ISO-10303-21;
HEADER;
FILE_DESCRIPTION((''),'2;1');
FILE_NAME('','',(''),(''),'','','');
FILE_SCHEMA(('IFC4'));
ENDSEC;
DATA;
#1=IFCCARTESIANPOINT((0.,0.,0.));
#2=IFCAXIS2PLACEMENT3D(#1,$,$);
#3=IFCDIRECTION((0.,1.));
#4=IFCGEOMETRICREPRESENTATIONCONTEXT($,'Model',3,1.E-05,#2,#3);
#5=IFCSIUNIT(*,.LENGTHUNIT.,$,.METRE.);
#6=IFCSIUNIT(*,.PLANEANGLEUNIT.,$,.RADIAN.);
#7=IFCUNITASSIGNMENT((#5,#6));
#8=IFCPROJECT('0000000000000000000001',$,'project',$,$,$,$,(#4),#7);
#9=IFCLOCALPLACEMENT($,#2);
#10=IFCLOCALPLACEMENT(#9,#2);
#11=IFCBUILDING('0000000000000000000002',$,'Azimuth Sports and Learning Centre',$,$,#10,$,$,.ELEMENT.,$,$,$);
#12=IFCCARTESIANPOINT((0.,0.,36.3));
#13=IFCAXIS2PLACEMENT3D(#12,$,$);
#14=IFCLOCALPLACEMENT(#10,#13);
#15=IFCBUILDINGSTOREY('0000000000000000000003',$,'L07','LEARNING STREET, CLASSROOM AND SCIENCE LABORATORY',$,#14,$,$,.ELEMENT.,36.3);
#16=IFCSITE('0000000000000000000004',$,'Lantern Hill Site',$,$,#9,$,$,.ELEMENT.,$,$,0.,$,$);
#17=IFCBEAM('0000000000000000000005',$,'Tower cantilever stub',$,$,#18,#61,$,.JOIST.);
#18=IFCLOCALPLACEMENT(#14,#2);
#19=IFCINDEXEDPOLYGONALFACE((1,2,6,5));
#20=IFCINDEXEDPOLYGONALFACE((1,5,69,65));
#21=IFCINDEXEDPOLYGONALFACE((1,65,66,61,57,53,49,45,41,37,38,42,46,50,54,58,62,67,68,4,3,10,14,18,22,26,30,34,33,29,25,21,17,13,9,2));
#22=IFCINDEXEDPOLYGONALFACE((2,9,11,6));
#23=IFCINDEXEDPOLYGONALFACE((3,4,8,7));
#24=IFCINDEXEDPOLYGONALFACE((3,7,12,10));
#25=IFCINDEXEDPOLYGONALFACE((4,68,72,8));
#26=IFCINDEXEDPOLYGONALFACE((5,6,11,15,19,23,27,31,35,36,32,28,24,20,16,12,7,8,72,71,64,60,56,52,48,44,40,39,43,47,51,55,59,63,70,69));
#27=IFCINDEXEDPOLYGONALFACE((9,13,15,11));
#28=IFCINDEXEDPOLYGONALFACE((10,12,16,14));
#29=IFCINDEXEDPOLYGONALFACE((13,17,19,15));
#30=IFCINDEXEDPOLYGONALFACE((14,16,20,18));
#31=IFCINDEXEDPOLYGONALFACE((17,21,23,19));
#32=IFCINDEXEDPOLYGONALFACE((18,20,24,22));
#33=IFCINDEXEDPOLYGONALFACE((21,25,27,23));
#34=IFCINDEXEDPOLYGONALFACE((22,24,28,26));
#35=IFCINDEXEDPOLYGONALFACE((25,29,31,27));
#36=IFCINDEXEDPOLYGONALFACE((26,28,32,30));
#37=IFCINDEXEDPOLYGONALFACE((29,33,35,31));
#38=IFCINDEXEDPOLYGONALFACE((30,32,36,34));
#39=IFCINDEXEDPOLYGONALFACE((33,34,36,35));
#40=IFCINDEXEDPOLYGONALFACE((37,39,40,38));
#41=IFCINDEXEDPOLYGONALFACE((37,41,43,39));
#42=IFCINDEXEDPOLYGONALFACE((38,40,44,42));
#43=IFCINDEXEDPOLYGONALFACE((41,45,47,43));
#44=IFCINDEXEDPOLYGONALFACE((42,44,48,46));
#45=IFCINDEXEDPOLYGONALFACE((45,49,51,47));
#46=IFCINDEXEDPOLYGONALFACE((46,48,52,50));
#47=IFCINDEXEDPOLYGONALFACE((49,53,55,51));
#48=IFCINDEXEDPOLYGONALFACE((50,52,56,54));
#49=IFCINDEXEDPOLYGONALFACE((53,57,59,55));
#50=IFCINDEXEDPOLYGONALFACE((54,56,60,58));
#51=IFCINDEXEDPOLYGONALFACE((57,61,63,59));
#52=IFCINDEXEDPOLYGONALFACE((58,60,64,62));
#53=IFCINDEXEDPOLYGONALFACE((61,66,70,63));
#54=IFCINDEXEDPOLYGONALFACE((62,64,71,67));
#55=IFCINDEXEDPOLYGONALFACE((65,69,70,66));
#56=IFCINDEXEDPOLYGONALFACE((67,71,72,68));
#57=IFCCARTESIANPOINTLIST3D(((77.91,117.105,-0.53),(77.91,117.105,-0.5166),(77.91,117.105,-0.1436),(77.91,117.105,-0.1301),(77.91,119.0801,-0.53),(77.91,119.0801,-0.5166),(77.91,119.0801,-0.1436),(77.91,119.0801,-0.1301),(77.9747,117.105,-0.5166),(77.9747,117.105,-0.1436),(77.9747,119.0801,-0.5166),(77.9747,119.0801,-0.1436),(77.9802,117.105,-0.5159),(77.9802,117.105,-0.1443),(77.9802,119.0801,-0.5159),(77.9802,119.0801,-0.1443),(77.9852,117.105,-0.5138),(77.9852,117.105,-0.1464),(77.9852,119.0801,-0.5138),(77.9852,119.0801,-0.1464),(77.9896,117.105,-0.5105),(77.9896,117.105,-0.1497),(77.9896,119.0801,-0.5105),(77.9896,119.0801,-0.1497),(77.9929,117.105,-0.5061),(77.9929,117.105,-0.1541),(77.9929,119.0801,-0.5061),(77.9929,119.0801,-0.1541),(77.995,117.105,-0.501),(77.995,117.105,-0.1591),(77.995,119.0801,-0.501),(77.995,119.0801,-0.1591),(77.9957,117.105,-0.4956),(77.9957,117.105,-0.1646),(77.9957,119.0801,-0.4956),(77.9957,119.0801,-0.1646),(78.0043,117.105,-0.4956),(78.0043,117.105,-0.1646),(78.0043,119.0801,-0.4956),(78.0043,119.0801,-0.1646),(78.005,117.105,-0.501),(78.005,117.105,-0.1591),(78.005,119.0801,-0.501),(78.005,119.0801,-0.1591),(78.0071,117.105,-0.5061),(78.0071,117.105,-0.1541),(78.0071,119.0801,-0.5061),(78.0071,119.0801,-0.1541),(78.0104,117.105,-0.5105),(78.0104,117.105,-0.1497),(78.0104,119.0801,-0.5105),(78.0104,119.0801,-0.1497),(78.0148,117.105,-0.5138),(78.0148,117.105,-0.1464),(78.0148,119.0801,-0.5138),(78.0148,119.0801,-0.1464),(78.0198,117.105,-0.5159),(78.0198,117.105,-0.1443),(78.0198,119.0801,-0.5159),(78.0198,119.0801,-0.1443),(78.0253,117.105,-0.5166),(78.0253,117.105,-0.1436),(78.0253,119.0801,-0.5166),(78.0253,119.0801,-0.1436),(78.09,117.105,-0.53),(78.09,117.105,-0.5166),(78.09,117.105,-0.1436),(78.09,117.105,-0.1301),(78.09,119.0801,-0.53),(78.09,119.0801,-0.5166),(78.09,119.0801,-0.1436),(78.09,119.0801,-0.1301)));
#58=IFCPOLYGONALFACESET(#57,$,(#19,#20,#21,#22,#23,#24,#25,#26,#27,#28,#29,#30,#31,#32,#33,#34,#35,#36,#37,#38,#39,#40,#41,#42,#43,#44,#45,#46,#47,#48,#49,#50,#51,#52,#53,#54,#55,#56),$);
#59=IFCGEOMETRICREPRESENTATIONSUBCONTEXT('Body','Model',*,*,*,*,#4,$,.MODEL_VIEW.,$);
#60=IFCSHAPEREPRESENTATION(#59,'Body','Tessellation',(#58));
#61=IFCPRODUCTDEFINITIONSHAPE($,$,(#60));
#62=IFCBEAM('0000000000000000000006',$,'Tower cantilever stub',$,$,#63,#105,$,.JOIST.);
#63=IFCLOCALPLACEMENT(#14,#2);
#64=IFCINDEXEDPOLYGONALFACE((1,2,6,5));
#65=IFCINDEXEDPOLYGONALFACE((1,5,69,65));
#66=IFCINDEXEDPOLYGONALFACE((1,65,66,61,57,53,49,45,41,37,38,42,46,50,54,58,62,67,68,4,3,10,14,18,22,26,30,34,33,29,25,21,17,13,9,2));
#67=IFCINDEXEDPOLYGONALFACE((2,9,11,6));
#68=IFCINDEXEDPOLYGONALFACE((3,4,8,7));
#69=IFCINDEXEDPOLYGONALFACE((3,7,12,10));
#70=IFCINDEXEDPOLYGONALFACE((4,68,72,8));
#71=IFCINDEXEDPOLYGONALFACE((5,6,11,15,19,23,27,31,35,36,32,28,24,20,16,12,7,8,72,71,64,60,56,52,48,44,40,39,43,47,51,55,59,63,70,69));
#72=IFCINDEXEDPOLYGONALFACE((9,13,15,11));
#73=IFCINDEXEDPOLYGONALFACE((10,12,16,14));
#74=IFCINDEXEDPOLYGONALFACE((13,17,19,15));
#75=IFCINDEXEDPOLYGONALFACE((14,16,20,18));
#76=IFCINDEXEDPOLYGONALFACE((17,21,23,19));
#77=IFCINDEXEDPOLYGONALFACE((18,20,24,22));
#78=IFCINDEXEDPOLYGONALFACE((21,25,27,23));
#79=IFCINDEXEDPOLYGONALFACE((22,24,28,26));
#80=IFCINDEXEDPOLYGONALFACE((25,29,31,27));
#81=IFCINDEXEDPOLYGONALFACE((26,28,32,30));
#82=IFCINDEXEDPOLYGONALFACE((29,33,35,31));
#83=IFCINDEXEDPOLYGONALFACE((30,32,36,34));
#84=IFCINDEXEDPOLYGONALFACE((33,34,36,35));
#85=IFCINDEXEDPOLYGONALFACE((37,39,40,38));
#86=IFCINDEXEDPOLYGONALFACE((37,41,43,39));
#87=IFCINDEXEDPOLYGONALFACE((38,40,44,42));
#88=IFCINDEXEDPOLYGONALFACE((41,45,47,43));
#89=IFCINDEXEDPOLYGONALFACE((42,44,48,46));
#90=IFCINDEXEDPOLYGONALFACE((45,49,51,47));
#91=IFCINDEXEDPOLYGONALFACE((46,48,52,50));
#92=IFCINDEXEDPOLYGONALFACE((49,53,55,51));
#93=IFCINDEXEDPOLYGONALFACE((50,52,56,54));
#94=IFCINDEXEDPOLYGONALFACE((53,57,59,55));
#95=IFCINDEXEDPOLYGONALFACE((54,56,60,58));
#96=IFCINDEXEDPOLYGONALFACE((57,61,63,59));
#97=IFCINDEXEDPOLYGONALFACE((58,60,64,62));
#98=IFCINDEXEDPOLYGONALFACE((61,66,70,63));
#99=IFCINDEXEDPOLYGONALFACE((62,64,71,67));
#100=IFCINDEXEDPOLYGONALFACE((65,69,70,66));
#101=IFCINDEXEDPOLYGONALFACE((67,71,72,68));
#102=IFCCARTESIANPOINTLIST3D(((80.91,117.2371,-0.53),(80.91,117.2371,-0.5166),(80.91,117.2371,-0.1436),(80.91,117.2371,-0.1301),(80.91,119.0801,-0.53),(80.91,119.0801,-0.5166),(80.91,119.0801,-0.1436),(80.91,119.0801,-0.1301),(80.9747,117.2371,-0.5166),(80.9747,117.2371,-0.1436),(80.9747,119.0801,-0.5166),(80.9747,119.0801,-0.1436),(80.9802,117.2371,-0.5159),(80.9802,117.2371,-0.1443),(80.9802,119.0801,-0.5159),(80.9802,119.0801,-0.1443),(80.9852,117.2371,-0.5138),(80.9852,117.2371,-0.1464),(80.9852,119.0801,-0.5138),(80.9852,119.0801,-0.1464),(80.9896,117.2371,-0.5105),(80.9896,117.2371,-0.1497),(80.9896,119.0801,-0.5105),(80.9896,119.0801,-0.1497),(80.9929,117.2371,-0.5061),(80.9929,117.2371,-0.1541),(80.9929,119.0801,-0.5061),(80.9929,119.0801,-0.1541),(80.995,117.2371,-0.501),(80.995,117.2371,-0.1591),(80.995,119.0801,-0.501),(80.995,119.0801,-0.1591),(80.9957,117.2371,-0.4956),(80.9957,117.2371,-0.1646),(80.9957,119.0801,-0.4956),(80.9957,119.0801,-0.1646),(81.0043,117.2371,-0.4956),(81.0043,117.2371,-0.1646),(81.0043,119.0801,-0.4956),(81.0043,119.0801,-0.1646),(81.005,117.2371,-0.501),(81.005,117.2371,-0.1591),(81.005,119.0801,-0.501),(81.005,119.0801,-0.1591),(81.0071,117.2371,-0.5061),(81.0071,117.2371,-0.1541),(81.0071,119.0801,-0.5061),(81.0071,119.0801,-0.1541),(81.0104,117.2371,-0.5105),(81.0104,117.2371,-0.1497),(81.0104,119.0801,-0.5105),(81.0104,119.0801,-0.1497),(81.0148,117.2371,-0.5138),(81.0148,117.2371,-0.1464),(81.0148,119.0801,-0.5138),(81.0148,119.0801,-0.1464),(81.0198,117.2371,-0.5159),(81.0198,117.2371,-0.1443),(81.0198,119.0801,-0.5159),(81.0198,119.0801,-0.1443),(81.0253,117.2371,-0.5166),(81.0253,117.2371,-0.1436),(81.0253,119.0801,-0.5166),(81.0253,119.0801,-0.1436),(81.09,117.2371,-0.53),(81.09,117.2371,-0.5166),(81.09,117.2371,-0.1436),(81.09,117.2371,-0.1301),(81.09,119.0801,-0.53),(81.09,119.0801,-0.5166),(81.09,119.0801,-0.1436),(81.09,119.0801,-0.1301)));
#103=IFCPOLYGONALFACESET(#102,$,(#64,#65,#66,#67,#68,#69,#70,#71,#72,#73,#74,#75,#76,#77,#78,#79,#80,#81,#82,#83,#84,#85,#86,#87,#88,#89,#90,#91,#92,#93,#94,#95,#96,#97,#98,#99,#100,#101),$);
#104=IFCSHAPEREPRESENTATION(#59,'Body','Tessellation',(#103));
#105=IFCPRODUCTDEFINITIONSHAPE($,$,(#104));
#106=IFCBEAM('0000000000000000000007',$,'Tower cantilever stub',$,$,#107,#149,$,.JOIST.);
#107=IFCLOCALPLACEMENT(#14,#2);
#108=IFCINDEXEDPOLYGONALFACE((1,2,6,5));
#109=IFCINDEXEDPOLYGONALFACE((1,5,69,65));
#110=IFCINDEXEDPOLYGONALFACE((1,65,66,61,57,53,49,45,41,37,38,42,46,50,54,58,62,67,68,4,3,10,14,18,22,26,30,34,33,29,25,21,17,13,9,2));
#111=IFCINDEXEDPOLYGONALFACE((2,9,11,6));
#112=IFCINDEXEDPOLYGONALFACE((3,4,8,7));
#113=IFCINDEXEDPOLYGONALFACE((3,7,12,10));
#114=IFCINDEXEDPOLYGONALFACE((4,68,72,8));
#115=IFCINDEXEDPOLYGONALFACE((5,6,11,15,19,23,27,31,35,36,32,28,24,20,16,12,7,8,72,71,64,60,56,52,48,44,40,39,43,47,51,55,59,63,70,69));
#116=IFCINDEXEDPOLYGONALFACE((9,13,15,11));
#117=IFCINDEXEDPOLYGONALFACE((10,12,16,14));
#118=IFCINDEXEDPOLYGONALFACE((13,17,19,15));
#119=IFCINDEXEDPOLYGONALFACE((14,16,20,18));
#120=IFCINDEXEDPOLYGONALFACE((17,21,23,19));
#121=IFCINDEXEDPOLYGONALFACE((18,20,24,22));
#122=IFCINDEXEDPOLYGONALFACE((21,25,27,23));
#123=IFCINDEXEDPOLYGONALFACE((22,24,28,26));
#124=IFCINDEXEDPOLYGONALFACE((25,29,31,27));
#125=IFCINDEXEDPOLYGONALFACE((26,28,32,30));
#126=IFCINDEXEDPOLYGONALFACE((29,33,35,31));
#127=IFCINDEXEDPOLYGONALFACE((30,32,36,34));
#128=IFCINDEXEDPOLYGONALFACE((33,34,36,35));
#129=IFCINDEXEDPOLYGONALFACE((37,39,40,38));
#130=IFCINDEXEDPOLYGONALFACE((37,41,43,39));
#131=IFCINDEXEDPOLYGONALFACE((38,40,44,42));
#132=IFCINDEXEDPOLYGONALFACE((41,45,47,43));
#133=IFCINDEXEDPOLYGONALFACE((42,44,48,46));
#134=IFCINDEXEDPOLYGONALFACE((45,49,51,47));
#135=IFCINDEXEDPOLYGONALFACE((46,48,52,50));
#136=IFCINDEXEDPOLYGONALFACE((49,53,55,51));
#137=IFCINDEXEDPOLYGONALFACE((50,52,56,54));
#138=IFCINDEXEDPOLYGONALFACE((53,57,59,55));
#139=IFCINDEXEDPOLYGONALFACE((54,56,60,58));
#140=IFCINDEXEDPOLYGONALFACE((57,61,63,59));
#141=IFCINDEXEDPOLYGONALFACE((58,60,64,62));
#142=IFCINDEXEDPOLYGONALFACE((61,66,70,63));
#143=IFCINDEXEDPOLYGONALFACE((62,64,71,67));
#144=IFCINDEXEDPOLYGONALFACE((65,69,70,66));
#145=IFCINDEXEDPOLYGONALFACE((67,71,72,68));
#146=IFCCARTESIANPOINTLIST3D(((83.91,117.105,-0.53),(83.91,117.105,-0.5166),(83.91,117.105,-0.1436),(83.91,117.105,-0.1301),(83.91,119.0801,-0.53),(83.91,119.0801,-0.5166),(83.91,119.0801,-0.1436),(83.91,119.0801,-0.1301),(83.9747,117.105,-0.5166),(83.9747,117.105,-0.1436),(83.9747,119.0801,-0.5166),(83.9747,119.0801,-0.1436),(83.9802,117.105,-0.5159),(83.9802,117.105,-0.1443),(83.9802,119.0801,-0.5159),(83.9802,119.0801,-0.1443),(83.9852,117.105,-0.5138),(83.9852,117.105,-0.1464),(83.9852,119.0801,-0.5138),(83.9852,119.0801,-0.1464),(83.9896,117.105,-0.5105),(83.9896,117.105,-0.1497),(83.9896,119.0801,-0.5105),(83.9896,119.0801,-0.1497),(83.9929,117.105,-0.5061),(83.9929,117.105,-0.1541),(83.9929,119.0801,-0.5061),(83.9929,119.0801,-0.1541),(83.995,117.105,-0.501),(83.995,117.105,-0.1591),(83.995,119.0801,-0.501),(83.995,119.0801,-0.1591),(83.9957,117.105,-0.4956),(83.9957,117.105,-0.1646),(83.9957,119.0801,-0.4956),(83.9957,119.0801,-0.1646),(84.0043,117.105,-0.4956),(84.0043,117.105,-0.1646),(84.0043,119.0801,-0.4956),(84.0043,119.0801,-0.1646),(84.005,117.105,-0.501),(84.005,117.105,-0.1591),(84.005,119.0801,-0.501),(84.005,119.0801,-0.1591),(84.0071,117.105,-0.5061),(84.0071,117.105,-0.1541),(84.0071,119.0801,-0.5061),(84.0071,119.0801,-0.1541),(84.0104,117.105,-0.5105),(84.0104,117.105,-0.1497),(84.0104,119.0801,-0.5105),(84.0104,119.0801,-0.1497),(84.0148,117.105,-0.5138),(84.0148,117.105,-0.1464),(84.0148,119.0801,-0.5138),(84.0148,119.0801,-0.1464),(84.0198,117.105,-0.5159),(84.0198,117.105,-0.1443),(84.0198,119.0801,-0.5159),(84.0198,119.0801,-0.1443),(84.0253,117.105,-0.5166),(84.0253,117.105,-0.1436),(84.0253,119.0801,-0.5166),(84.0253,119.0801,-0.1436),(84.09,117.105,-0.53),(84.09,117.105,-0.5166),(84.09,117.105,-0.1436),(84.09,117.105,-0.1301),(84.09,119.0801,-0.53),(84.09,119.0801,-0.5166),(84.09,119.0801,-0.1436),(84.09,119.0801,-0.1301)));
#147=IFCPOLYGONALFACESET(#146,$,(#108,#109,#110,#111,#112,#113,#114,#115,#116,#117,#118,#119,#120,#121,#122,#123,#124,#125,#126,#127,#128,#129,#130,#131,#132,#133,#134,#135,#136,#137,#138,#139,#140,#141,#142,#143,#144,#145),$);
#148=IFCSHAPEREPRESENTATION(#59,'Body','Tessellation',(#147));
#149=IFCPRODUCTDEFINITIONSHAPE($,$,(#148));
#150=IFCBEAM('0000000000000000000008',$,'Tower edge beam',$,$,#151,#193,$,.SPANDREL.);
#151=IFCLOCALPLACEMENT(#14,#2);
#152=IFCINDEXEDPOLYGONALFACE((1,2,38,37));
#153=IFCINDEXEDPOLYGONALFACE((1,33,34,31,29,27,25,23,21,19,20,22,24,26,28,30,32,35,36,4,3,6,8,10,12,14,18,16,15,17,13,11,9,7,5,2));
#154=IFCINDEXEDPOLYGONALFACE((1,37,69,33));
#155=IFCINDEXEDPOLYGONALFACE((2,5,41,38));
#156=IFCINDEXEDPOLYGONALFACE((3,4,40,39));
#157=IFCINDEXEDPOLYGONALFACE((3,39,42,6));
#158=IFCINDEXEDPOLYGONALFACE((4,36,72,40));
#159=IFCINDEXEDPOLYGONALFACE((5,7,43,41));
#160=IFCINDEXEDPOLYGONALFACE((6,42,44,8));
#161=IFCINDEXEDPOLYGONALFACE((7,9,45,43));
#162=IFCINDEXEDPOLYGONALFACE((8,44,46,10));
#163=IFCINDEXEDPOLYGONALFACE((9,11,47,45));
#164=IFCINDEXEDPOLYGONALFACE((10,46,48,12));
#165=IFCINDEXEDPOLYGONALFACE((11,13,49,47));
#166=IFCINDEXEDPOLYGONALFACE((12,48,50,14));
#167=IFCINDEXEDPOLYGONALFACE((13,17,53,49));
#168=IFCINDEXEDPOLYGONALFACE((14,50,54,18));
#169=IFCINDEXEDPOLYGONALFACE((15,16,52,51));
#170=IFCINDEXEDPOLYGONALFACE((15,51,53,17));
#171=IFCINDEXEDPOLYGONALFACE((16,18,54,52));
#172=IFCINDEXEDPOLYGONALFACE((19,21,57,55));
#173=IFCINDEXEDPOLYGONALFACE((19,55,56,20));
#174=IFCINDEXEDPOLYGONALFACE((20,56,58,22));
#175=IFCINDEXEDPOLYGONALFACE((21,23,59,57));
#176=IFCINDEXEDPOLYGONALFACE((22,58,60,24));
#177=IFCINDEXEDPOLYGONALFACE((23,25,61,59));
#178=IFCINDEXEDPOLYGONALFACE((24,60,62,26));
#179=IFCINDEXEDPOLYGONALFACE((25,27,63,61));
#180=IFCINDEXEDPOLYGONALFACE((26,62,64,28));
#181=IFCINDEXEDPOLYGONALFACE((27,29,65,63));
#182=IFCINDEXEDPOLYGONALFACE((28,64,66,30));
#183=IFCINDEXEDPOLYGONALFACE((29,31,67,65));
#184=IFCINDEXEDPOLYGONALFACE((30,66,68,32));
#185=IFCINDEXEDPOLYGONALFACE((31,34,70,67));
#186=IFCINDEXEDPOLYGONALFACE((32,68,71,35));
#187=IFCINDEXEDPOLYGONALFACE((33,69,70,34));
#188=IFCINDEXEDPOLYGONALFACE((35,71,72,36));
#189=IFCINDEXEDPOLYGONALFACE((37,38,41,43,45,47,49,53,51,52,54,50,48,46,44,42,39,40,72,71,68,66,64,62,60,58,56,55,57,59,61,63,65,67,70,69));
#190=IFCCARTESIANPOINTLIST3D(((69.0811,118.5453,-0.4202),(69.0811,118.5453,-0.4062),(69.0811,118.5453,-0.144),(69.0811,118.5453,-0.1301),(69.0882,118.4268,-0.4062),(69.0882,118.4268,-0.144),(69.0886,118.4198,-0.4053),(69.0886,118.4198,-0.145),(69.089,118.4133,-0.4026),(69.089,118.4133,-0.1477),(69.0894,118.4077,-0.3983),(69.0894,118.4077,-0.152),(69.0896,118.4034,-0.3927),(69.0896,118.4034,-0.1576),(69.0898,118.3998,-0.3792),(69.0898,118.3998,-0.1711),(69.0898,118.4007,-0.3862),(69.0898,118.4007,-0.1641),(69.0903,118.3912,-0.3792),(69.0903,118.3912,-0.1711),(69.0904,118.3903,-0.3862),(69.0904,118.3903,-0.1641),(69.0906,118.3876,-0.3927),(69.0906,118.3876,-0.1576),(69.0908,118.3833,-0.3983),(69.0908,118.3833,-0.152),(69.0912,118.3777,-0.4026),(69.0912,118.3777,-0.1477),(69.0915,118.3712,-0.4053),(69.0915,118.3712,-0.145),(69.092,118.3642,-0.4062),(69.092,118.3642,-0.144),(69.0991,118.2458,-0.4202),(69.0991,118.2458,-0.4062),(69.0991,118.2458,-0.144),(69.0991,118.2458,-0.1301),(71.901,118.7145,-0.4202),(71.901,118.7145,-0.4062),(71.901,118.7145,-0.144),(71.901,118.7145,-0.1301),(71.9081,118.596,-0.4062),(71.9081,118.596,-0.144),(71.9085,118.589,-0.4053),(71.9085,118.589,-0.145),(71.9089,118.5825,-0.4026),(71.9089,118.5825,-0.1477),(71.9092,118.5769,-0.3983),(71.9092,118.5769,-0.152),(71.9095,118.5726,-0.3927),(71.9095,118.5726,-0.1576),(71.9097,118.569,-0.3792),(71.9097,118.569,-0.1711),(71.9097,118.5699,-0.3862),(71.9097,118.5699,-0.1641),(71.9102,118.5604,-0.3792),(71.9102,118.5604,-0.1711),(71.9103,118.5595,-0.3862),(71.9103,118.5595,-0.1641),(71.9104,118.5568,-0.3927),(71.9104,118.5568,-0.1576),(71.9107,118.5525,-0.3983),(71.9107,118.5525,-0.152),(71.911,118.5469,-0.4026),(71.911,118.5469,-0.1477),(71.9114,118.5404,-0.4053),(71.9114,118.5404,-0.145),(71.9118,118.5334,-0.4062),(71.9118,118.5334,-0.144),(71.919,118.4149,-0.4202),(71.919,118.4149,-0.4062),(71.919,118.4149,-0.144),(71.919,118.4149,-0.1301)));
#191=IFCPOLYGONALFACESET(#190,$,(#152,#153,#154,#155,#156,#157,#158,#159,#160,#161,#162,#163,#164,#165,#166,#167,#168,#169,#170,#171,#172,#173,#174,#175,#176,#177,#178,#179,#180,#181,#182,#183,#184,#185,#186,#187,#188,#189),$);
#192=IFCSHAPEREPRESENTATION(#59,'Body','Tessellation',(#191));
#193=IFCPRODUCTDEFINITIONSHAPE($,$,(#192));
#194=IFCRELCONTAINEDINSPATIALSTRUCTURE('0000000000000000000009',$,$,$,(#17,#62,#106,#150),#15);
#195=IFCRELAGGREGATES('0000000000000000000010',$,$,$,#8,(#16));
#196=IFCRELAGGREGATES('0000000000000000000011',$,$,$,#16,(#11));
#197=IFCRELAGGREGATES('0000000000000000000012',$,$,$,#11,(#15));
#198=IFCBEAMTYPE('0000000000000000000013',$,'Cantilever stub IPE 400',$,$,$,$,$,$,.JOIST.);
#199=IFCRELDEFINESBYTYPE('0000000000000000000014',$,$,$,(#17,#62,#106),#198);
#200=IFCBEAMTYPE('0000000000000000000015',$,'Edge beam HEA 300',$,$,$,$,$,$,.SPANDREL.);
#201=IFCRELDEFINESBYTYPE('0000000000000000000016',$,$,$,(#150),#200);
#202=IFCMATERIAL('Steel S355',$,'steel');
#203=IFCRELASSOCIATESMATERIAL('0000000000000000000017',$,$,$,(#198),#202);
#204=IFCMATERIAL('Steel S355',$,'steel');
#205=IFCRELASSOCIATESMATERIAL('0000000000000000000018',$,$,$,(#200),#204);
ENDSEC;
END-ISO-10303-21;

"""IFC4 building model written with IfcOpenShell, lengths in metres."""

from ifc_helpers import new_model, si_unit, direction, frame, origin, origin_2d, place, context, subcontext, project, spatial, i_section, extrude, material, material_profile, profile_set, type_object, element, save


model = new_model("IFC4")

# Units and contexts
model_context = context("Model", 3, precision=1e-05, world=origin(), true_north=direction((0.0, 1.0)))
body_context = subcontext(model_context, "Body", "Model", "MODEL_VIEW")
ifc_project = project(units=[si_unit("LENGTHUNIT", "METRE"), si_unit("PLANEANGLEUNIT", "RADIAN")], contexts=[model_context])

# Site, building, storey
site_placement = place(None, origin())
site = spatial("IfcSite", under=ifc_project, at=site_placement, Name="Lantern Hill Site", CompositionType="ELEMENT", RefElevation=0.0)
building_placement = place(site_placement, origin())
building = spatial("IfcBuilding", under=site, at=building_placement, Name="Azimuth Sports and Learning Centre", CompositionType="ELEMENT")
storey_placement = place(building_placement, frame((0.0, 0.0, 36.3)))
storey = spatial("IfcBuildingStorey", under=building, at=storey_placement, Name="L07", Description="LEARNING STREET, CLASSROOM AND SCIENCE LABORATORY", CompositionType="ELEMENT", Elevation=36.3)

# Beams
ifc_material_1 = material(Name="Steel S355", Category="steel")
ifc_material_profile_1 = material_profile(ifc_material_1, i_section(OverallWidth=0.1799, OverallDepth=0.3999, WebThickness=0.0085, FlangeThickness=0.0134, FilletRadius=0.021, at=origin_2d()), Name="IPE 400")
ifc_profile_set_1 = profile_set([ifc_material_profile_1], Name="Steel S355")
beam_type_1 = type_object("IfcBeamType", Name="Cantilever stub IPE 400", PredefinedType="JOIST", material=ifc_profile_set_1)
beam_1_placement = place(storey_placement, frame((78.0, 117.105, -0.3301), z_axis=(0.0, 1.0, 0.0), x_axis=(-1.0, 0.0, 0.0)))
element("IfcBeam", 1, at=beam_1_placement, inside=storey, type_object=beam_type_1, Name="Tower cantilever stub", PredefinedType="JOIST", context=body_context, shape_type="SweptSolid", body=[
    extrude(i_section(OverallWidth=0.1799, OverallDepth=0.3999, WebThickness=0.0085, FlangeThickness=0.0134, FilletRadius=0.021, at=origin_2d()), origin(), (0.0, 0.0, 1.0), 1.9751),
])
beam_2_placement = place(storey_placement, frame((81.0, 117.2371, -0.3301), z_axis=(0.0, 1.0, 0.0), x_axis=(-1.0, 0.0, 0.0)))
element("IfcBeam", 2, at=beam_2_placement, inside=storey, type_object=beam_type_1, Name="Tower cantilever stub", PredefinedType="JOIST", context=body_context, shape_type="SweptSolid", body=[
    extrude(i_section(OverallWidth=0.1799, OverallDepth=0.3999, WebThickness=0.0085, FlangeThickness=0.0134, FilletRadius=0.021, at=origin_2d()), origin(), (0.0, 0.0, 1.0), 1.843),
])
beam_3_placement = place(storey_placement, frame((84.0, 117.105, -0.3301), z_axis=(0.0, 1.0, 0.0), x_axis=(-1.0, 0.0, 0.0)))
element("IfcBeam", 3, at=beam_3_placement, inside=storey, type_object=beam_type_1, Name="Tower cantilever stub", PredefinedType="JOIST", context=body_context, shape_type="SweptSolid", body=[
    extrude(i_section(OverallWidth=0.1799, OverallDepth=0.3999, WebThickness=0.0085, FlangeThickness=0.0134, FilletRadius=0.021, at=origin_2d()), origin(), (0.0, 0.0, 1.0), 1.9751),
])
ifc_material_2 = material(Name="Steel S355", Category="steel")
ifc_material_profile_2 = material_profile(ifc_material_2, i_section(OverallWidth=0.3, OverallDepth=0.29, WebThickness=0.0085, FlangeThickness=0.0139, FilletRadius=0.0271, at=origin_2d()), Name="HEA 300")
ifc_profile_set_2 = profile_set([ifc_material_profile_2], Name="Steel S355")
beam_type_2 = type_object("IfcBeamType", Name="Edge beam HEA 300", PredefinedType="SPANDREL", material=ifc_profile_set_2)
for number, where, z_axis, x_axis, name in (
    (4, (69.0901, 118.3955, -0.2751), (0.998205, 0.059892, 0.0), (-0.059892, 0.998205, 0.0), "Tower edge beam"),
):
    element("IfcBeam", number, at=place(storey_placement, frame(where, z_axis=z_axis, x_axis=x_axis)), inside=storey, type_object=beam_type_2, Name=name, PredefinedType="SPANDREL", context=body_context, shape_type="SweptSolid", body=[
        extrude(i_section(OverallWidth=0.3, OverallDepth=0.29, WebThickness=0.0085, FlangeThickness=0.0139, FilletRadius=0.0271, at=origin_2d()), origin(), (0.0, 0.0, 1.0), 2.825),
    ])

save(model, "model.ifc")
